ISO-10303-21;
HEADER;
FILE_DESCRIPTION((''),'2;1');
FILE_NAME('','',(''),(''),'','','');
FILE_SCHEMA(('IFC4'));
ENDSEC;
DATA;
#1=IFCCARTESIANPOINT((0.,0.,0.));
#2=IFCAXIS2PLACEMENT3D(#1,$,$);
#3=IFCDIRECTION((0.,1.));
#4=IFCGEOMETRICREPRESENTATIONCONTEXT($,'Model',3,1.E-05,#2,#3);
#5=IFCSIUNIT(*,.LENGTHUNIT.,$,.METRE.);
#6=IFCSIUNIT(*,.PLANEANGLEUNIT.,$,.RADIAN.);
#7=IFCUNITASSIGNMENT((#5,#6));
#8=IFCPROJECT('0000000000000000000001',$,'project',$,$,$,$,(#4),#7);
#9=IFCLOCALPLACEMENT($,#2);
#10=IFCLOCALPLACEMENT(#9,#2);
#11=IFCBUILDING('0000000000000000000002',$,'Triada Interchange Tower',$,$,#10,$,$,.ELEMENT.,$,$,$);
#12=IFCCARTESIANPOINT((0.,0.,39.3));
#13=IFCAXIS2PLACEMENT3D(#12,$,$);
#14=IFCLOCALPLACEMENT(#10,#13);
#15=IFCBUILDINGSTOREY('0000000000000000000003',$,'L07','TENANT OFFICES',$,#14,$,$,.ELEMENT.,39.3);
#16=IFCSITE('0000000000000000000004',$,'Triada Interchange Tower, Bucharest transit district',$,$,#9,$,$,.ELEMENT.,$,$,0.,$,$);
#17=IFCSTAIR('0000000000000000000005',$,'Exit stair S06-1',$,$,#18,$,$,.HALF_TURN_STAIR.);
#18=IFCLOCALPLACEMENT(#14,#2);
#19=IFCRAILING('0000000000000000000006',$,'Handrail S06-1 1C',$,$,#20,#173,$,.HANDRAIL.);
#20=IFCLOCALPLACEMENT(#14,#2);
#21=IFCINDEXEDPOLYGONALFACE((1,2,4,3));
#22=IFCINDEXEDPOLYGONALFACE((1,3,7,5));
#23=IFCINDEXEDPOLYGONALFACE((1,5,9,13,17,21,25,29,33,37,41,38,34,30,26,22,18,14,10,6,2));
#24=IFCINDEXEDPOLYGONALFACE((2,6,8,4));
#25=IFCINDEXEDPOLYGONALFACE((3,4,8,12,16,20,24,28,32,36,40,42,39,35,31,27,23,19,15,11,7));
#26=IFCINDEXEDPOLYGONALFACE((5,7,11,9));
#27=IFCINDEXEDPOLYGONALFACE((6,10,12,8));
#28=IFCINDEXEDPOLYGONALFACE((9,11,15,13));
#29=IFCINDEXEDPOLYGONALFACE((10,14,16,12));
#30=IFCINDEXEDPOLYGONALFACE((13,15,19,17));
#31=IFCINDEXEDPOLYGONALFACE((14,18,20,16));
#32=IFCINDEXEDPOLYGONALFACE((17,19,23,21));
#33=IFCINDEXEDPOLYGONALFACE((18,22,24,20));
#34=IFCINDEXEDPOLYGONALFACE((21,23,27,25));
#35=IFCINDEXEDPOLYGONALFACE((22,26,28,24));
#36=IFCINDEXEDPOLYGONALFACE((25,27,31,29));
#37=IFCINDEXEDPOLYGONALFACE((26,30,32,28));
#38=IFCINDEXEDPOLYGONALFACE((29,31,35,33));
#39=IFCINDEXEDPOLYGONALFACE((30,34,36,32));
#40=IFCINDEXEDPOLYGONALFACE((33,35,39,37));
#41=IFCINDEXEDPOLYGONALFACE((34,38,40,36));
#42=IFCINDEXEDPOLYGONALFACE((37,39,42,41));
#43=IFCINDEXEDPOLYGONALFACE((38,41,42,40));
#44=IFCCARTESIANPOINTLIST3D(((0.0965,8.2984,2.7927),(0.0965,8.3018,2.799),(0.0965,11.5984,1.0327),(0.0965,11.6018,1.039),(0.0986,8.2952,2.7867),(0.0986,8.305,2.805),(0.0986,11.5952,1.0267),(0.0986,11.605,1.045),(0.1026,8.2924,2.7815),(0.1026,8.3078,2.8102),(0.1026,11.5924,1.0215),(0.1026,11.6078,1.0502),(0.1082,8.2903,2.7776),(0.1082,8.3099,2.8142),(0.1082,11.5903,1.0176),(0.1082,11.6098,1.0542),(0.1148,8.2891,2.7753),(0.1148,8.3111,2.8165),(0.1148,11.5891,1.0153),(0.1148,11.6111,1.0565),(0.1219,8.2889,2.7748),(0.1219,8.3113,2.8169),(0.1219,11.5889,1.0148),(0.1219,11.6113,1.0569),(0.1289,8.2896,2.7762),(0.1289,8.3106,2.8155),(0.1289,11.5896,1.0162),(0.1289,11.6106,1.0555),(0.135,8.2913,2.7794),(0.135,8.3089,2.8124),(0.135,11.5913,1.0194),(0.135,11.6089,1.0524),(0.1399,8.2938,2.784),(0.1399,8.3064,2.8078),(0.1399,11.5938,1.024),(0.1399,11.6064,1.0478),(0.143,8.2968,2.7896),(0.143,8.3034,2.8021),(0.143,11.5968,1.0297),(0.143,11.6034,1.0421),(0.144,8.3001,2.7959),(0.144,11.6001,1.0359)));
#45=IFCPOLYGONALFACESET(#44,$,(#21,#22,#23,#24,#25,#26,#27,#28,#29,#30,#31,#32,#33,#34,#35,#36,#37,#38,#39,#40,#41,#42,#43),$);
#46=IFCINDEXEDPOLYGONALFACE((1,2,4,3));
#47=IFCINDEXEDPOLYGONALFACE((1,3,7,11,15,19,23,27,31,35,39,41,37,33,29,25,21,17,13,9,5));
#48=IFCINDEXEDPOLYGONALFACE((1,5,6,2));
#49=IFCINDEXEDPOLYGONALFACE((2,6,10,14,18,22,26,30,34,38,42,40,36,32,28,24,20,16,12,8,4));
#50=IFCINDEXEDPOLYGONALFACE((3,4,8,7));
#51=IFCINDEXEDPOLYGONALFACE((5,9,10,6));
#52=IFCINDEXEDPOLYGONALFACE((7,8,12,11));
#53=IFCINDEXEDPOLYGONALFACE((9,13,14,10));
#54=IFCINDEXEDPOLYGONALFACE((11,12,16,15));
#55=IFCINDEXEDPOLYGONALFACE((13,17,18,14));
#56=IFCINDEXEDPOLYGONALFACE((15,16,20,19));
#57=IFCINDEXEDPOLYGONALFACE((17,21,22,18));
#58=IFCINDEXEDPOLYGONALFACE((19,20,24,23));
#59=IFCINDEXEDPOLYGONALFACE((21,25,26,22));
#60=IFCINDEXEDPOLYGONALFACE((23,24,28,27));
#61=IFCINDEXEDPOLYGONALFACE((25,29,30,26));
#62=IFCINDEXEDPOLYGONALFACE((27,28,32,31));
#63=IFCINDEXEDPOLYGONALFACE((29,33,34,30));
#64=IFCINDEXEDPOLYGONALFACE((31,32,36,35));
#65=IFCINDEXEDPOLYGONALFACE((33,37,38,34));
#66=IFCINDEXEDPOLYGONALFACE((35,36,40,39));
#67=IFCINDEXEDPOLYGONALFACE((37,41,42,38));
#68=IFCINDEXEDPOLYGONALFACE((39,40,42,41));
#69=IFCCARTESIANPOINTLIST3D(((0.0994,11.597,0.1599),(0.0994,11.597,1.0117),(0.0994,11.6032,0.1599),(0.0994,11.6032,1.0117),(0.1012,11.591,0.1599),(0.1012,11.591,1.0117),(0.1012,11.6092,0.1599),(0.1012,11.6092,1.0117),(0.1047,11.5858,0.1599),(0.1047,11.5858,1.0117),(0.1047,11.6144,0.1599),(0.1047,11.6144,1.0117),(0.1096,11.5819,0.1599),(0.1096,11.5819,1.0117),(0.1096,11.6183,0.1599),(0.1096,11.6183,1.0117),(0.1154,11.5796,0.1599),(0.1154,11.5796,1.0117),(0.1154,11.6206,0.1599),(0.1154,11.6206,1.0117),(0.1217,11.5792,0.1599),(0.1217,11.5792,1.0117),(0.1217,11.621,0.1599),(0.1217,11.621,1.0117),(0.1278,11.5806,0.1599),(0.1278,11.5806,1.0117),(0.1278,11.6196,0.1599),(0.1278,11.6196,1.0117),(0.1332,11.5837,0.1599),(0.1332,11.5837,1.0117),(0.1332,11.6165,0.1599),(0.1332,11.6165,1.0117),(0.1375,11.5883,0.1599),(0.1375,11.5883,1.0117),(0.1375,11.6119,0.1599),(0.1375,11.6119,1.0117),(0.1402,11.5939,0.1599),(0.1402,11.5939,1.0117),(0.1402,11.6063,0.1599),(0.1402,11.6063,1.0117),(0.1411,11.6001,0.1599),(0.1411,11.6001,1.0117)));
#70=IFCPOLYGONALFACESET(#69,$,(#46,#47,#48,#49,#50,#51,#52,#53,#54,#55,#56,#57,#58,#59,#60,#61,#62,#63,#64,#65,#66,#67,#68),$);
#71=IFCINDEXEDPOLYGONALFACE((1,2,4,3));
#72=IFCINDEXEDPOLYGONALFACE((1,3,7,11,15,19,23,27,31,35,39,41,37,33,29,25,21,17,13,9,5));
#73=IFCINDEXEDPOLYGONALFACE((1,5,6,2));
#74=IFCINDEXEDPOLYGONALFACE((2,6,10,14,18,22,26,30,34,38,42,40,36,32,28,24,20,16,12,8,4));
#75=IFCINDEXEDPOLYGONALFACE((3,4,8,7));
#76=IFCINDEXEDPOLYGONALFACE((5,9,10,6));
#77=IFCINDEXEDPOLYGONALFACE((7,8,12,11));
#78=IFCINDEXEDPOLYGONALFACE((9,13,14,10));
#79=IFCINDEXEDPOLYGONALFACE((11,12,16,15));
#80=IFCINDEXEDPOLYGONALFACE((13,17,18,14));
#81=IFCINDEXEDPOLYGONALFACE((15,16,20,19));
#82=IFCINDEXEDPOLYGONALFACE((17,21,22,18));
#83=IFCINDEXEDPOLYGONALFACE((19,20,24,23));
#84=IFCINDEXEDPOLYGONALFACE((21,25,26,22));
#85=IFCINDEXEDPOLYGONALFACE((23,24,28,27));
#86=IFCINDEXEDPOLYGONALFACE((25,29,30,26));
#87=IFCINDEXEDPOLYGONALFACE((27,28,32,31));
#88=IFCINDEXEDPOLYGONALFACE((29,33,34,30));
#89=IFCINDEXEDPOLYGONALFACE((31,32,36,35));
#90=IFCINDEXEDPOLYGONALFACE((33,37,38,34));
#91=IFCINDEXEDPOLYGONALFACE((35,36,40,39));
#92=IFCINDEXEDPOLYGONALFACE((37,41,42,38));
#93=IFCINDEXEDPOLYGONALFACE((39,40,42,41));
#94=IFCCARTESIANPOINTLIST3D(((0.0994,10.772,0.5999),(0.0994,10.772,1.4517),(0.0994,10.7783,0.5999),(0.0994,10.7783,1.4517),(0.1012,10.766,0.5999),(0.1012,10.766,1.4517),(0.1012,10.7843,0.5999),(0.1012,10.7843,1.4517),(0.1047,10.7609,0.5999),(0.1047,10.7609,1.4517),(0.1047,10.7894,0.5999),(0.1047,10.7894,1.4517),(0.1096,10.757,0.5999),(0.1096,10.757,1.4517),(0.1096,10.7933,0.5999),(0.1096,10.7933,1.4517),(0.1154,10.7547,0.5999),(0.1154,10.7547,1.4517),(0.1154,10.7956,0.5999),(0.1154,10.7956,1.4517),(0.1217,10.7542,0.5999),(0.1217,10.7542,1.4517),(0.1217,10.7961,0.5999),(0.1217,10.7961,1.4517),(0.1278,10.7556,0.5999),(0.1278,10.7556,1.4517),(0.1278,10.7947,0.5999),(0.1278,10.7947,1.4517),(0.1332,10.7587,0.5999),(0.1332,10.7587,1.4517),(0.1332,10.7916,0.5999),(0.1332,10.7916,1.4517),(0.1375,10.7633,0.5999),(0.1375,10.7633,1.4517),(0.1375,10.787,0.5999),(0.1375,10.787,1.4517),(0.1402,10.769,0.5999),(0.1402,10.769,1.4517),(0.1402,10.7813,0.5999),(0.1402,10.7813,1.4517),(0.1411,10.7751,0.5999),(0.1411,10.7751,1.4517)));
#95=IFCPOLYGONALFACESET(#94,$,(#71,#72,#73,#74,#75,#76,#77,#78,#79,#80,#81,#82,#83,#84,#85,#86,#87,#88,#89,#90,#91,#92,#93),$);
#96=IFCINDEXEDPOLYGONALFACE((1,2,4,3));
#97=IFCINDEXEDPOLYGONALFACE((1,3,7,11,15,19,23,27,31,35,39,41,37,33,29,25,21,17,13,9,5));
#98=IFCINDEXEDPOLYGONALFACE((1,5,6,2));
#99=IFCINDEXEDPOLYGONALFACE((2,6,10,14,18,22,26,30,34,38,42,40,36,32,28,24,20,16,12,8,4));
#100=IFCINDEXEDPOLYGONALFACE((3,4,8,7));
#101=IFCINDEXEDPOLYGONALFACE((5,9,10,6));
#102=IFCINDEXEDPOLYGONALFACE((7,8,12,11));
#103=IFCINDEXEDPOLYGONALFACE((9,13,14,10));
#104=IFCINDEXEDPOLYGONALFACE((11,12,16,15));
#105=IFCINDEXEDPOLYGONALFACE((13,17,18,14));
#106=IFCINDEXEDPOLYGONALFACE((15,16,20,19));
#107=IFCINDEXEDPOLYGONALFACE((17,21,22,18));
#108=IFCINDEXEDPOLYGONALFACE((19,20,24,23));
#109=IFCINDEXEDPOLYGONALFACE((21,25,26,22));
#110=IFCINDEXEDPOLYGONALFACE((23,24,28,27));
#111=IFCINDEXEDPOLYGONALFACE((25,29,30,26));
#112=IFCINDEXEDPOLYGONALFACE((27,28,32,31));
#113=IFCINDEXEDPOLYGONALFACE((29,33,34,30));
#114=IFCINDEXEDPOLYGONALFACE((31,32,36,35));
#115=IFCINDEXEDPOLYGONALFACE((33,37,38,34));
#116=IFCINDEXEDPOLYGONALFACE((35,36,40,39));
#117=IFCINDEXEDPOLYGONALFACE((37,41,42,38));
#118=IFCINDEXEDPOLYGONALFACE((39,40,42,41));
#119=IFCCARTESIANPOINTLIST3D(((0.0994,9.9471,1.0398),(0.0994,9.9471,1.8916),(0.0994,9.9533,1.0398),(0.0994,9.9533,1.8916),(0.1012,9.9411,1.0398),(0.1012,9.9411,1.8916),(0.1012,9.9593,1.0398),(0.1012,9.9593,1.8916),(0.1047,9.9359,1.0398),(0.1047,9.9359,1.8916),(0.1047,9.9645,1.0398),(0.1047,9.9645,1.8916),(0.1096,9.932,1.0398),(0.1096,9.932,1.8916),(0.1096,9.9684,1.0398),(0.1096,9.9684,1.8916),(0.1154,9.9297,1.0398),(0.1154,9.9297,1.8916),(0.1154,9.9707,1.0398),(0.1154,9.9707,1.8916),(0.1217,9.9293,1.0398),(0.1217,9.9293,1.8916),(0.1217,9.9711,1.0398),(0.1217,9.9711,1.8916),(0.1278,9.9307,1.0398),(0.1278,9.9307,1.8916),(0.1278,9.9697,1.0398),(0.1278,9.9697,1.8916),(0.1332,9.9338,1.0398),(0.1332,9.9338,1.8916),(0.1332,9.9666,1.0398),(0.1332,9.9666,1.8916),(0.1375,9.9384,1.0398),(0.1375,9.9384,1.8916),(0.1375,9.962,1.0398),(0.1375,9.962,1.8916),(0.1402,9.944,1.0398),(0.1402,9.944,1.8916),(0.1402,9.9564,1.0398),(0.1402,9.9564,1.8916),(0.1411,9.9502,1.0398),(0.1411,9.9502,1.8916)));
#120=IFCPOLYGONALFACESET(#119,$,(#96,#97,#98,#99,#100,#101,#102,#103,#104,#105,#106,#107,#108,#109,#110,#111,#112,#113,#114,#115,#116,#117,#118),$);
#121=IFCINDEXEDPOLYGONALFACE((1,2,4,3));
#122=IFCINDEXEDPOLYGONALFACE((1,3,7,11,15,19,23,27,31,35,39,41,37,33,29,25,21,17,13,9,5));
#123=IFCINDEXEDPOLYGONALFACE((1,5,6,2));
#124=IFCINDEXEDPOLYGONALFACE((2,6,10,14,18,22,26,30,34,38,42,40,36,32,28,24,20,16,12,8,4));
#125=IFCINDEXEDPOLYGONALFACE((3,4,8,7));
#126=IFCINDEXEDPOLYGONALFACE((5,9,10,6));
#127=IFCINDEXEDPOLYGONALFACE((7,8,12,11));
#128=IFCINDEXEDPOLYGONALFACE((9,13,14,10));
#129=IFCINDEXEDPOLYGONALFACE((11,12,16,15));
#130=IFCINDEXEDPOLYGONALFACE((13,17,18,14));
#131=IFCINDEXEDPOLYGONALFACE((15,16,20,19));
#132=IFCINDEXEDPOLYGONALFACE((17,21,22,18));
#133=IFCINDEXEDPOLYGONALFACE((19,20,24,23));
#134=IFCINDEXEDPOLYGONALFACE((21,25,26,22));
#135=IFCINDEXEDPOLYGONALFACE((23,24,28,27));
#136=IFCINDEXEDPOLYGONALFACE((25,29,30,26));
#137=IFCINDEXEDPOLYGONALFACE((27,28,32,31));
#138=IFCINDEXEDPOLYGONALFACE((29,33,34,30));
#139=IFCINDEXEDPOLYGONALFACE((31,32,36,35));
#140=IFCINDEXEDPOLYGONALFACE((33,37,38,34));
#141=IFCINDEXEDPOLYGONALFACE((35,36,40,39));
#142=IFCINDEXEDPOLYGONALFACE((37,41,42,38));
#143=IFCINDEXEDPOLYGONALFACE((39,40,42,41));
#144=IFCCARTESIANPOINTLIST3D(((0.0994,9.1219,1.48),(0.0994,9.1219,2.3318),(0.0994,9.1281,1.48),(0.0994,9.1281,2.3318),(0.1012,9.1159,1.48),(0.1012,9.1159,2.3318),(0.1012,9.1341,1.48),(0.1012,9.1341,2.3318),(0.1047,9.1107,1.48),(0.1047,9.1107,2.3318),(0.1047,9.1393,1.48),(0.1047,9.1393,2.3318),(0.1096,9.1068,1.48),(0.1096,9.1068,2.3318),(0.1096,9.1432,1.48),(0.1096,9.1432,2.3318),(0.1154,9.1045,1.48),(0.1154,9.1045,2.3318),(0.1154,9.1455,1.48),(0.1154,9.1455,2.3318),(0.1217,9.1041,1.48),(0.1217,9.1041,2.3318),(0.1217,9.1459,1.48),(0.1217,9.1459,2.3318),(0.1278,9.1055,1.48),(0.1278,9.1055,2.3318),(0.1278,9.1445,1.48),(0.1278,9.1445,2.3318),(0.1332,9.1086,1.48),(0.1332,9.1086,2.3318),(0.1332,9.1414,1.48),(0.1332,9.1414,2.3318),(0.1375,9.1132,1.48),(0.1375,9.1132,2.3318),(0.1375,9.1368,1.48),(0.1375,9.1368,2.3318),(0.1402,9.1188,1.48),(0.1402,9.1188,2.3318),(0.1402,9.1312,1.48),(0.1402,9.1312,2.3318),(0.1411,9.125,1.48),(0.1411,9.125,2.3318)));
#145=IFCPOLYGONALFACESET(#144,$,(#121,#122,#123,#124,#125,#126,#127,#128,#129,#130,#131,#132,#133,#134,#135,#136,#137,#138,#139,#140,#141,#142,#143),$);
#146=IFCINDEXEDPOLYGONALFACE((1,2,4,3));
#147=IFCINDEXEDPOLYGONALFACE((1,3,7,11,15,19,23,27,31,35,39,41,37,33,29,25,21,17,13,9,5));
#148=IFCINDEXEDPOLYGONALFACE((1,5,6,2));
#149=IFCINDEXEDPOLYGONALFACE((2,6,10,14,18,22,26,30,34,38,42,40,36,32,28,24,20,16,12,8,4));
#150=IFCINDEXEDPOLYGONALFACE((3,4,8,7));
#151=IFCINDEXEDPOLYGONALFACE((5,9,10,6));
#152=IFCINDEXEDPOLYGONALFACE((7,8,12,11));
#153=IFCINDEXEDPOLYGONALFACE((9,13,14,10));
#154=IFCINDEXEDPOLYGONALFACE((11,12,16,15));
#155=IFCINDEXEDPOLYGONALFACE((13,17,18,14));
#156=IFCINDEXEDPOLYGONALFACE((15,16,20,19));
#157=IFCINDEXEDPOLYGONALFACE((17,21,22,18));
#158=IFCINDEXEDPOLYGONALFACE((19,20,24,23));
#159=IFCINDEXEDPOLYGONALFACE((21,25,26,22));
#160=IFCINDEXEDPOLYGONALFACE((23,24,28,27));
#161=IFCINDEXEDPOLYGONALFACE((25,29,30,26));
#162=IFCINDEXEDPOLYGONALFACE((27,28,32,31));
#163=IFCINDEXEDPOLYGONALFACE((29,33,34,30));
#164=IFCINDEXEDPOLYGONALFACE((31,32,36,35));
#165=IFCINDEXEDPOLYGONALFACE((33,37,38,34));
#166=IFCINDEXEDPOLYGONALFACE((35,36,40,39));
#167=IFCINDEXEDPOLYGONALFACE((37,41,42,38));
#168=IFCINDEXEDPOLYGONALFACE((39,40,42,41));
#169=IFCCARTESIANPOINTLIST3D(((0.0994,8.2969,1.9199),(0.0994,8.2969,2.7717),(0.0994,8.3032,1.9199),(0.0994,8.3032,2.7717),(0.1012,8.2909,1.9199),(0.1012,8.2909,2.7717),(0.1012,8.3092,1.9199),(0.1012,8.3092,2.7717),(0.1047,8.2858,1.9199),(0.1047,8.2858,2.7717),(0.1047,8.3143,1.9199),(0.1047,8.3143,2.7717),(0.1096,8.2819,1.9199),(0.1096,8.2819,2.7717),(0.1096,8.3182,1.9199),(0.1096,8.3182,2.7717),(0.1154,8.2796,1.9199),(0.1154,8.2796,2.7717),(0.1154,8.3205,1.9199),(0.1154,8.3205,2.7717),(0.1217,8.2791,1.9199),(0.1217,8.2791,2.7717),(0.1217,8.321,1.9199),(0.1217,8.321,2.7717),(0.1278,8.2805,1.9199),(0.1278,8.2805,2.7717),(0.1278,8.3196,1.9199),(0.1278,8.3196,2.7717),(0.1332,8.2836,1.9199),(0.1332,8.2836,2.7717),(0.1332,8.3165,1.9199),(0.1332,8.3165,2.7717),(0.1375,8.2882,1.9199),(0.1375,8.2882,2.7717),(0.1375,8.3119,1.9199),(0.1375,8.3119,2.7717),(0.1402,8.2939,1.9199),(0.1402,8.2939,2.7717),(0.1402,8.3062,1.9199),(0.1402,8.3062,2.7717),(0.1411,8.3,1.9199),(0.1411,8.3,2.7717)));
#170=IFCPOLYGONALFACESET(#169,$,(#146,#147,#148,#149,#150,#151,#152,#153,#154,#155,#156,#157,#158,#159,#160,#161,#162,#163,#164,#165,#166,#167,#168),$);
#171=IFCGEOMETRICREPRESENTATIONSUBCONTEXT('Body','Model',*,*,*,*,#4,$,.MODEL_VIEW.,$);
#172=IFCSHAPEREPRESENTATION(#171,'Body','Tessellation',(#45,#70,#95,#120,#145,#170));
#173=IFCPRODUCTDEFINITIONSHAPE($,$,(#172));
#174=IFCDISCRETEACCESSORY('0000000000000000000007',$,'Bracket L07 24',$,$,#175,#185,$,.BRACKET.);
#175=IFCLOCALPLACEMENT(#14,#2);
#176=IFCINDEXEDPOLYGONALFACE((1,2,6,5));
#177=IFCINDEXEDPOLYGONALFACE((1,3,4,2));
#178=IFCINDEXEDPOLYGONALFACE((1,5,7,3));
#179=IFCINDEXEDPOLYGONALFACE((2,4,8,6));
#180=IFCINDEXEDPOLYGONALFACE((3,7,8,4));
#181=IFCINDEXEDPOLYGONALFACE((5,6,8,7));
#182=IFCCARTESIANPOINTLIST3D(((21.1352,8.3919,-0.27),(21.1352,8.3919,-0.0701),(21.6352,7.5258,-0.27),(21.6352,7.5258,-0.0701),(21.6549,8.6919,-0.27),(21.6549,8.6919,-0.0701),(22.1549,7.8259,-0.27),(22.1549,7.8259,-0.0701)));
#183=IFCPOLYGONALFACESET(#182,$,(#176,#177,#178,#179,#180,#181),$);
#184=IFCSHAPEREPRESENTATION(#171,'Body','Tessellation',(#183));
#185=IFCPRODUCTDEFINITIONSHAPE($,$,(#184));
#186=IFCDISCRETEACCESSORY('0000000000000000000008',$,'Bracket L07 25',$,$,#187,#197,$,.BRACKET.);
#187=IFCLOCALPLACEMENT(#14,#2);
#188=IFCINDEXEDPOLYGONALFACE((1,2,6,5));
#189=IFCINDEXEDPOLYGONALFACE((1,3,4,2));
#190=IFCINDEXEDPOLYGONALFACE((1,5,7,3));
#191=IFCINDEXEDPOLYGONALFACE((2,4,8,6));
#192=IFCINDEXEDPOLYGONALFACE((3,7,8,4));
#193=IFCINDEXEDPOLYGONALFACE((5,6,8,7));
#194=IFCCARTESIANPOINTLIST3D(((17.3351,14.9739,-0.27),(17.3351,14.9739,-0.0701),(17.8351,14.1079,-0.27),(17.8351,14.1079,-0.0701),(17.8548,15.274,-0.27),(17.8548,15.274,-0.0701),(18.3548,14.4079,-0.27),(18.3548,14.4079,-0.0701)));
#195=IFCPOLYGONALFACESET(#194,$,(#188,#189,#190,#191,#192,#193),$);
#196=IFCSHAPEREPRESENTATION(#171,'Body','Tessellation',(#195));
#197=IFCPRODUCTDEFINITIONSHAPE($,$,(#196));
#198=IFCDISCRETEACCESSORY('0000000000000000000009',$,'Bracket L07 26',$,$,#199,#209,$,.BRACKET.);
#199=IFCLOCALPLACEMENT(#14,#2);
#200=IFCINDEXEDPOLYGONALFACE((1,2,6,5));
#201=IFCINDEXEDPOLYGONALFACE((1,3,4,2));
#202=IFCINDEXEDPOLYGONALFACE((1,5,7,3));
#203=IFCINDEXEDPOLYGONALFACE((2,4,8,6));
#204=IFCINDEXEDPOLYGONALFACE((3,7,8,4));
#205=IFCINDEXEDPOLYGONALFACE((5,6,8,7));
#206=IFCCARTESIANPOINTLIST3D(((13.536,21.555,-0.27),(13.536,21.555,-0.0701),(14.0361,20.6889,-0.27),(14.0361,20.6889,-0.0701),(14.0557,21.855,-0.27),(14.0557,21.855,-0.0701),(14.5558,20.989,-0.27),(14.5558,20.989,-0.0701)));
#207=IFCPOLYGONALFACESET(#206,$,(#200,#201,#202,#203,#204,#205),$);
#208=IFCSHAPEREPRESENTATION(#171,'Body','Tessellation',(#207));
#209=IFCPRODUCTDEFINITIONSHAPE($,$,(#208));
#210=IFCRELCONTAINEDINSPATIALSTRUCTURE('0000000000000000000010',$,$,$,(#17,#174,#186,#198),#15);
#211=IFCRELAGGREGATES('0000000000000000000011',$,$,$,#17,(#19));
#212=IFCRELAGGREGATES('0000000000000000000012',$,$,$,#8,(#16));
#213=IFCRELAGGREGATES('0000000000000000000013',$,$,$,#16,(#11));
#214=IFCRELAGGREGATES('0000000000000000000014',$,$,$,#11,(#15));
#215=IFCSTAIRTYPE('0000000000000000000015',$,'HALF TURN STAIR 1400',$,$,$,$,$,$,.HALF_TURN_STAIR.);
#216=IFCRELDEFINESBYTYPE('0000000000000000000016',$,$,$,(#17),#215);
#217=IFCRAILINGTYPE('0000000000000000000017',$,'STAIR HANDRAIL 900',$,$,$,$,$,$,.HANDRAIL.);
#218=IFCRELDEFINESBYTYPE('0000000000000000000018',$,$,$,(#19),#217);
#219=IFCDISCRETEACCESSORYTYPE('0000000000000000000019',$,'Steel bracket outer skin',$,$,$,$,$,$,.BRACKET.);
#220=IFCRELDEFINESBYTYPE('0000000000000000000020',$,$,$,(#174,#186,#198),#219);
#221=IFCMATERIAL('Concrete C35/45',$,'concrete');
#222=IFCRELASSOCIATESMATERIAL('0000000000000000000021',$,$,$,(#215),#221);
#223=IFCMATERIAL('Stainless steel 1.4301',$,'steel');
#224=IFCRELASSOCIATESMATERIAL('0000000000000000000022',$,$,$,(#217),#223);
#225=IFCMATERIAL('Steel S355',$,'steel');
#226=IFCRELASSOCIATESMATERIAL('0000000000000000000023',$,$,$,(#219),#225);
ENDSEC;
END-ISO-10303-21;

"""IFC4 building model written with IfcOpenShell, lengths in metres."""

from ifc_helpers import new_model, si_unit, direction, frame, origin, origin_2d, place, context, subcontext, project, spatial, rectangle, circle, extrude, material, type_object, element, aggregate, save


model = new_model("IFC4")

# Units and contexts
model_context = context("Model", 3, precision=1e-05, world=origin(), true_north=direction((0.0, 1.0)))
body_context = subcontext(model_context, "Body", "Model", "MODEL_VIEW")
ifc_project = project(units=[si_unit("LENGTHUNIT", "METRE"), si_unit("PLANEANGLEUNIT", "RADIAN")], contexts=[model_context])

# Site, building, storey
site_placement = place(None, origin())
site = spatial("IfcSite", under=ifc_project, at=site_placement, Name="Triada Interchange Tower, Bucharest transit district", CompositionType="ELEMENT", RefElevation=0.0)
building_placement = place(site_placement, origin())
building = spatial("IfcBuilding", under=site, at=building_placement, Name="Triada Interchange Tower", CompositionType="ELEMENT")
storey_placement = place(building_placement, frame((0.0, 0.0, 39.3)))
storey = spatial("IfcBuildingStorey", under=building, at=storey_placement, Name="L07", Description="TENANT OFFICES", CompositionType="ELEMENT", Elevation=39.3)

# Stair
ifc_material_1 = material(Name="Concrete C35/45", Category="concrete")
stair_type = type_object("IfcStairType", Name="HALF TURN STAIR 1400", PredefinedType="HALF_TURN_STAIR", material=ifc_material_1)
stair_placement = place(storey_placement, origin())
stair = element("IfcStair", 1, at=stair_placement, inside=storey, type_object=stair_type, Name="Exit stair S06-1", PredefinedType="HALF_TURN_STAIR")

# Railing
ifc_material_2 = material(Name="Stainless steel 1.4301", Category="steel")
railing_type = type_object("IfcRailingType", Name="STAIR HANDRAIL 900", PredefinedType="HANDRAIL", material=ifc_material_2)
railing_1_placement = place(storey_placement, frame((0.1201, 11.6001, 0.1599)))
railing_1 = element("IfcRailing", 2, at=railing_1_placement, type_object=railing_type, Name="Handrail S06-1 1C", PredefinedType="HANDRAIL", context=body_context, shape_type="SweptSolid", body=[
    extrude(circle(Radius=0.0239, at=origin_2d()), frame((0.0, 0.0, 0.876), z_axis=(0.0, -0.882355, 0.470585), x_axis=(1.0, 0.0, 0.0)), (0.0, 0.0, 1.0), 3.74),
    extrude(circle(Radius=0.021, at=origin_2d()), origin(), (0.0, 0.0, 1.0), 0.8518),
    extrude(circle(Radius=0.021, at=origin_2d()), frame((0.0, -0.825, 0.4399)), (0.0, 0.0, 1.0), 0.8518),
    extrude(circle(Radius=0.021, at=origin_2d()), frame((0.0, -1.6499, 0.8799)), (0.0, 0.0, 1.0), 0.8518),
    extrude(circle(Radius=0.021, at=origin_2d()), frame((0.0, -2.4751, 1.3201)), (0.0, 0.0, 1.0), 0.8518),
    extrude(circle(Radius=0.021, at=origin_2d()), frame((0.0, -3.3, 1.76)), (0.0, 0.0, 1.0), 0.8518),
])
aggregate(stair, [railing_1])

# Discrete accessories
ifc_material_3 = material(Name="Steel S355", Category="steel")
discrete_accessory_type = type_object("IfcDiscreteAccessoryType", Name="Steel bracket outer skin", PredefinedType="BRACKET", material=ifc_material_3)
for number, where, z_axis, x_axis, name in (
    (3, (21.645, 8.1089, -0.27), (0.0, 0.0, 1.0), (0.866021, 0.500008, 0.0), "Bracket L07 24"),
    (4, (17.845, 14.6909, -0.27), (0.0, 0.0, 1.0), (0.866021, 0.500008, 0.0), "Bracket L07 25"),
    (5, (14.0459, 21.272, -0.27), (0.0, 0.0, 1.0), (0.866021, 0.500008, 0.0), "Bracket L07 26"),
):
    element("IfcDiscreteAccessory", number, at=place(storey_placement, frame(where, z_axis=z_axis, x_axis=x_axis)), inside=storey, type_object=discrete_accessory_type, Name=name, PredefinedType="BRACKET", context=body_context, shape_type="SweptSolid", body=[
        extrude(rectangle(XDim=0.6001, YDim=1.0, at=origin_2d()), origin(), (0.0, 0.0, 1.0), 0.2),
    ])

save(model, "model.ifc")
